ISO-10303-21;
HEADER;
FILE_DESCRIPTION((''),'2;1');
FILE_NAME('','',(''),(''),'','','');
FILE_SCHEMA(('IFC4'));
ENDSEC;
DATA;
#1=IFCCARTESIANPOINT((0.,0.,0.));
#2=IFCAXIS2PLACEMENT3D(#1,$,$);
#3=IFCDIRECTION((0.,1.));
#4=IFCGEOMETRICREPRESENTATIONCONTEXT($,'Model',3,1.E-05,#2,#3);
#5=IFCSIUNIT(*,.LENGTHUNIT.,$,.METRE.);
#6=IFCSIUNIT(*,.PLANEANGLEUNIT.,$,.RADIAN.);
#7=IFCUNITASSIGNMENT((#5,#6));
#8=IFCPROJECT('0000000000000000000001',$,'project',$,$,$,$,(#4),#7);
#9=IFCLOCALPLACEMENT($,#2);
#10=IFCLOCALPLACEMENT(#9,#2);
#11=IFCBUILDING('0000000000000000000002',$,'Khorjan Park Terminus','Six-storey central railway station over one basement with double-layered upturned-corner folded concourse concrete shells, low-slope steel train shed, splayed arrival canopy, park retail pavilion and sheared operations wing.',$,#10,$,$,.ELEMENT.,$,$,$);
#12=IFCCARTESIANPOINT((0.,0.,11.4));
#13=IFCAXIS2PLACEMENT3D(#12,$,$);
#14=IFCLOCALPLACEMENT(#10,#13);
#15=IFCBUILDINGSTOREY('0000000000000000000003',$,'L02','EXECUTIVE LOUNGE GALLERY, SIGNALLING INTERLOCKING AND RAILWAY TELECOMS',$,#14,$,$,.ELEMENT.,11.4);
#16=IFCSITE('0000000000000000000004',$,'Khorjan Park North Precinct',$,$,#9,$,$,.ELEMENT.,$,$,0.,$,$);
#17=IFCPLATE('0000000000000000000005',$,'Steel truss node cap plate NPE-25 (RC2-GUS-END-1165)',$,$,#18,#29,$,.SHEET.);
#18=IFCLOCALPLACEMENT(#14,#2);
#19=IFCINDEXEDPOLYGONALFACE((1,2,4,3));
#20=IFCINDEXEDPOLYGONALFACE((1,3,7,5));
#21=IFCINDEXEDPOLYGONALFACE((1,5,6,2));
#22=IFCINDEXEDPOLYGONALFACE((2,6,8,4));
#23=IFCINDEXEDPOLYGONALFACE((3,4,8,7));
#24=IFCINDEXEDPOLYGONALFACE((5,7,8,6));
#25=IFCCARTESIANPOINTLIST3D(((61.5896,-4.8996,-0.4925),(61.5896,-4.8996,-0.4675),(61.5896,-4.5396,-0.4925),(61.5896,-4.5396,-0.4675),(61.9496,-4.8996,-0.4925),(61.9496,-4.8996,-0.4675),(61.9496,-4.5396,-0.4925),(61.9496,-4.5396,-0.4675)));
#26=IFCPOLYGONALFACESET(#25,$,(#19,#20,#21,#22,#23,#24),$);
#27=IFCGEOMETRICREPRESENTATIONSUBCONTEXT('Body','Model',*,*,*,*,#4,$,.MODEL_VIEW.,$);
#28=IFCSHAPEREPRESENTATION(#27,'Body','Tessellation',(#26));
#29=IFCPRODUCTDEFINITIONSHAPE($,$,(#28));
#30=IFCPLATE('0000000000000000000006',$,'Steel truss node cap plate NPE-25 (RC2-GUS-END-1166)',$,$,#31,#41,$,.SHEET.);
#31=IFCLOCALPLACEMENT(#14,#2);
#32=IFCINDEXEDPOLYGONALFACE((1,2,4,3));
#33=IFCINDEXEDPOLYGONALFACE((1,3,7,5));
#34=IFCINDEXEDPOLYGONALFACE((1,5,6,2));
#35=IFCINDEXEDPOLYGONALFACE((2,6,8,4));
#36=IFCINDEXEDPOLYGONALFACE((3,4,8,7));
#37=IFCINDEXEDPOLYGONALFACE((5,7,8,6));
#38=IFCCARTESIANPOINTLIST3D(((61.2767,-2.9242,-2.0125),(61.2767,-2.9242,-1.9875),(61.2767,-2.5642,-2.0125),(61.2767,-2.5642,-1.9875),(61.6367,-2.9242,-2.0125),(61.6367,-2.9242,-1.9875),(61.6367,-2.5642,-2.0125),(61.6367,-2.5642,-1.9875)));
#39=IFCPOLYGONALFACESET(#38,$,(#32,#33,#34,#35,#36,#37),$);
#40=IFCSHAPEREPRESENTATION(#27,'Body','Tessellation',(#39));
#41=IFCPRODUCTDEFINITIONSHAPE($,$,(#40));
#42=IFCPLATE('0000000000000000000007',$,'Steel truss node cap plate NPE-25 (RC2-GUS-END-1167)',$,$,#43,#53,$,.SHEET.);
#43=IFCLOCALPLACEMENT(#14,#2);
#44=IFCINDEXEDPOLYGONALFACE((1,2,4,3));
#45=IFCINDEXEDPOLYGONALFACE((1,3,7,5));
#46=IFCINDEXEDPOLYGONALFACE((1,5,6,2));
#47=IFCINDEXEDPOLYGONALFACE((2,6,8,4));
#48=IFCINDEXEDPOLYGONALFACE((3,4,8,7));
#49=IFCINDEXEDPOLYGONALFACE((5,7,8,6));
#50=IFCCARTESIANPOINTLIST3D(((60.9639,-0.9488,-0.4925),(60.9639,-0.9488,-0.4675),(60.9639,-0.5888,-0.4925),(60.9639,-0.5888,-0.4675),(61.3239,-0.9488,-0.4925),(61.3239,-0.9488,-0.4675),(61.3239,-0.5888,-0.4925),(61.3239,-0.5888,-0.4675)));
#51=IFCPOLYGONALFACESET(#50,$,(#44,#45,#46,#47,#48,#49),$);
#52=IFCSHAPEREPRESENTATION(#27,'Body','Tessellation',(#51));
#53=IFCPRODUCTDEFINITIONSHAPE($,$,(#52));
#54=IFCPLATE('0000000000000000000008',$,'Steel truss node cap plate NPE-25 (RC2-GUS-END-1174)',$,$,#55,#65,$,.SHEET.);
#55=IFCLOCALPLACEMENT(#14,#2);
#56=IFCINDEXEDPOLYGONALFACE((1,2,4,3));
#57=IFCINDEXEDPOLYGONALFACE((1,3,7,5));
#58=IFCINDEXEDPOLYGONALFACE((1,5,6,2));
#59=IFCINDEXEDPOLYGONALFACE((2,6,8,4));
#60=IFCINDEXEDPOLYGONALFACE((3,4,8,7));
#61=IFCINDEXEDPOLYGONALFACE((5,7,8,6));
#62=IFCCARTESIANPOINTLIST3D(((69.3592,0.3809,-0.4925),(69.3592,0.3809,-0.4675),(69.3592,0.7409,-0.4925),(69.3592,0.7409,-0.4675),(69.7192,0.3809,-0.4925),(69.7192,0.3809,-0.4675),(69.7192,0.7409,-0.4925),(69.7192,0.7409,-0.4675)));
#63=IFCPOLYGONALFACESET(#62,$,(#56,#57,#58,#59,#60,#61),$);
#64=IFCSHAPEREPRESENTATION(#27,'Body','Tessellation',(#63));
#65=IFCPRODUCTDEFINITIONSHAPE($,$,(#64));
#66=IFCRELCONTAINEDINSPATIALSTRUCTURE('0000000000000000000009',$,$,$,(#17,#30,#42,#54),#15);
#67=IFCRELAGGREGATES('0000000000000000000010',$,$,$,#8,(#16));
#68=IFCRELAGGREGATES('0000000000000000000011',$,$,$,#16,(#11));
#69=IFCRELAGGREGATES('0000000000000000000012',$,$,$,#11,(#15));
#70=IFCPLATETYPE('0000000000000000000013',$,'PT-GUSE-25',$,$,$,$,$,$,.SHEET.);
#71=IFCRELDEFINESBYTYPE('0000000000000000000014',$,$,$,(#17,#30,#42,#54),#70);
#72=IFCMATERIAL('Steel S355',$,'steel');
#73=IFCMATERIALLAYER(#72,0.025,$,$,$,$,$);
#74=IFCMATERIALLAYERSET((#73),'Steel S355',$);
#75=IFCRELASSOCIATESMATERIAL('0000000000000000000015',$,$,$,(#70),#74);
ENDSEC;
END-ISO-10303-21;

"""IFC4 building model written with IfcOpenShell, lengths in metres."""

from ifc_helpers import new_model, si_unit, direction, frame, origin, origin_2d, place, context, subcontext, project, spatial, rectangle, extrude, material, layer, layer_set, type_object, element, save


model = new_model("IFC4")

# Units and contexts
model_context = context("Model", 3, precision=1e-05, world=origin(), true_north=direction((0.0, 1.0)))
body_context = subcontext(model_context, "Body", "Model", "MODEL_VIEW")
ifc_project = project(units=[si_unit("LENGTHUNIT", "METRE"), si_unit("PLANEANGLEUNIT", "RADIAN")], contexts=[model_context])

# Site, building, storey
site_placement = place(None, origin())
site = spatial("IfcSite", under=ifc_project, at=site_placement, Name="Khorjan Park North Precinct", CompositionType="ELEMENT", RefElevation=0.0)
building_placement = place(site_placement, origin())
building = spatial("IfcBuilding", under=site, at=building_placement, Name="Khorjan Park Terminus", Description="Six-storey central railway station over one basement with double-layered upturned-corner folded concourse concrete shells, low-slope steel train shed, splayed arrival canopy, park retail pavilion and sheared operations wing.", CompositionType="ELEMENT")
storey_placement = place(building_placement, frame((0.0, 0.0, 11.4)))
storey = spatial("IfcBuildingStorey", under=building, at=storey_placement, Name="L02", Description="EXECUTIVE LOUNGE GALLERY, SIGNALLING INTERLOCKING AND RAILWAY TELECOMS", CompositionType="ELEMENT", Elevation=11.4)

# Shared definitions
ifc_material = material(Name="Steel S355", Category="steel")

# Plates
ifc_layer_1 = layer(ifc_material, 0.025)
ifc_layer_set_1 = layer_set([ifc_layer_1], Name="Steel S355")
plate_type_1 = type_object("IfcPlateType", Name="PT-GUSE-25", PredefinedType="SHEET", material=ifc_layer_set_1)
for number, where, z_axis, x_axis, name in (
    (1, (61.7696, -4.7196, -0.4925), (0.0, 0.0, 1.0), (1.0, 0.0, 0.0), "Steel truss node cap plate NPE-25 (RC2-GUS-END-1165)"),
    (2, (61.4567, -2.7442, -2.0125), (0.0, 0.0, 1.0), (1.0, 0.0, 0.0), "Steel truss node cap plate NPE-25 (RC2-GUS-END-1166)"),
    (3, (61.1439, -0.7688, -0.4925), (0.0, 0.0, 1.0), (1.0, 0.0, 0.0), "Steel truss node cap plate NPE-25 (RC2-GUS-END-1167)"),
    (4, (69.5392, 0.5609, -0.4925), (0.0, 0.0, 1.0), (1.0, 0.0, 0.0), "Steel truss node cap plate NPE-25 (RC2-GUS-END-1174)"),
):
    element("IfcPlate", number, at=place(storey_placement, frame(where, z_axis=z_axis, x_axis=x_axis)), inside=storey, type_object=plate_type_1, Name=name, PredefinedType="SHEET", context=body_context, shape_type="SweptSolid", body=[
        extrude(rectangle(XDim=0.36, YDim=0.36, at=origin_2d()), origin(), (0.0, 0.0, 1.0), 0.025),
    ])

save(model, "model.ifc")
